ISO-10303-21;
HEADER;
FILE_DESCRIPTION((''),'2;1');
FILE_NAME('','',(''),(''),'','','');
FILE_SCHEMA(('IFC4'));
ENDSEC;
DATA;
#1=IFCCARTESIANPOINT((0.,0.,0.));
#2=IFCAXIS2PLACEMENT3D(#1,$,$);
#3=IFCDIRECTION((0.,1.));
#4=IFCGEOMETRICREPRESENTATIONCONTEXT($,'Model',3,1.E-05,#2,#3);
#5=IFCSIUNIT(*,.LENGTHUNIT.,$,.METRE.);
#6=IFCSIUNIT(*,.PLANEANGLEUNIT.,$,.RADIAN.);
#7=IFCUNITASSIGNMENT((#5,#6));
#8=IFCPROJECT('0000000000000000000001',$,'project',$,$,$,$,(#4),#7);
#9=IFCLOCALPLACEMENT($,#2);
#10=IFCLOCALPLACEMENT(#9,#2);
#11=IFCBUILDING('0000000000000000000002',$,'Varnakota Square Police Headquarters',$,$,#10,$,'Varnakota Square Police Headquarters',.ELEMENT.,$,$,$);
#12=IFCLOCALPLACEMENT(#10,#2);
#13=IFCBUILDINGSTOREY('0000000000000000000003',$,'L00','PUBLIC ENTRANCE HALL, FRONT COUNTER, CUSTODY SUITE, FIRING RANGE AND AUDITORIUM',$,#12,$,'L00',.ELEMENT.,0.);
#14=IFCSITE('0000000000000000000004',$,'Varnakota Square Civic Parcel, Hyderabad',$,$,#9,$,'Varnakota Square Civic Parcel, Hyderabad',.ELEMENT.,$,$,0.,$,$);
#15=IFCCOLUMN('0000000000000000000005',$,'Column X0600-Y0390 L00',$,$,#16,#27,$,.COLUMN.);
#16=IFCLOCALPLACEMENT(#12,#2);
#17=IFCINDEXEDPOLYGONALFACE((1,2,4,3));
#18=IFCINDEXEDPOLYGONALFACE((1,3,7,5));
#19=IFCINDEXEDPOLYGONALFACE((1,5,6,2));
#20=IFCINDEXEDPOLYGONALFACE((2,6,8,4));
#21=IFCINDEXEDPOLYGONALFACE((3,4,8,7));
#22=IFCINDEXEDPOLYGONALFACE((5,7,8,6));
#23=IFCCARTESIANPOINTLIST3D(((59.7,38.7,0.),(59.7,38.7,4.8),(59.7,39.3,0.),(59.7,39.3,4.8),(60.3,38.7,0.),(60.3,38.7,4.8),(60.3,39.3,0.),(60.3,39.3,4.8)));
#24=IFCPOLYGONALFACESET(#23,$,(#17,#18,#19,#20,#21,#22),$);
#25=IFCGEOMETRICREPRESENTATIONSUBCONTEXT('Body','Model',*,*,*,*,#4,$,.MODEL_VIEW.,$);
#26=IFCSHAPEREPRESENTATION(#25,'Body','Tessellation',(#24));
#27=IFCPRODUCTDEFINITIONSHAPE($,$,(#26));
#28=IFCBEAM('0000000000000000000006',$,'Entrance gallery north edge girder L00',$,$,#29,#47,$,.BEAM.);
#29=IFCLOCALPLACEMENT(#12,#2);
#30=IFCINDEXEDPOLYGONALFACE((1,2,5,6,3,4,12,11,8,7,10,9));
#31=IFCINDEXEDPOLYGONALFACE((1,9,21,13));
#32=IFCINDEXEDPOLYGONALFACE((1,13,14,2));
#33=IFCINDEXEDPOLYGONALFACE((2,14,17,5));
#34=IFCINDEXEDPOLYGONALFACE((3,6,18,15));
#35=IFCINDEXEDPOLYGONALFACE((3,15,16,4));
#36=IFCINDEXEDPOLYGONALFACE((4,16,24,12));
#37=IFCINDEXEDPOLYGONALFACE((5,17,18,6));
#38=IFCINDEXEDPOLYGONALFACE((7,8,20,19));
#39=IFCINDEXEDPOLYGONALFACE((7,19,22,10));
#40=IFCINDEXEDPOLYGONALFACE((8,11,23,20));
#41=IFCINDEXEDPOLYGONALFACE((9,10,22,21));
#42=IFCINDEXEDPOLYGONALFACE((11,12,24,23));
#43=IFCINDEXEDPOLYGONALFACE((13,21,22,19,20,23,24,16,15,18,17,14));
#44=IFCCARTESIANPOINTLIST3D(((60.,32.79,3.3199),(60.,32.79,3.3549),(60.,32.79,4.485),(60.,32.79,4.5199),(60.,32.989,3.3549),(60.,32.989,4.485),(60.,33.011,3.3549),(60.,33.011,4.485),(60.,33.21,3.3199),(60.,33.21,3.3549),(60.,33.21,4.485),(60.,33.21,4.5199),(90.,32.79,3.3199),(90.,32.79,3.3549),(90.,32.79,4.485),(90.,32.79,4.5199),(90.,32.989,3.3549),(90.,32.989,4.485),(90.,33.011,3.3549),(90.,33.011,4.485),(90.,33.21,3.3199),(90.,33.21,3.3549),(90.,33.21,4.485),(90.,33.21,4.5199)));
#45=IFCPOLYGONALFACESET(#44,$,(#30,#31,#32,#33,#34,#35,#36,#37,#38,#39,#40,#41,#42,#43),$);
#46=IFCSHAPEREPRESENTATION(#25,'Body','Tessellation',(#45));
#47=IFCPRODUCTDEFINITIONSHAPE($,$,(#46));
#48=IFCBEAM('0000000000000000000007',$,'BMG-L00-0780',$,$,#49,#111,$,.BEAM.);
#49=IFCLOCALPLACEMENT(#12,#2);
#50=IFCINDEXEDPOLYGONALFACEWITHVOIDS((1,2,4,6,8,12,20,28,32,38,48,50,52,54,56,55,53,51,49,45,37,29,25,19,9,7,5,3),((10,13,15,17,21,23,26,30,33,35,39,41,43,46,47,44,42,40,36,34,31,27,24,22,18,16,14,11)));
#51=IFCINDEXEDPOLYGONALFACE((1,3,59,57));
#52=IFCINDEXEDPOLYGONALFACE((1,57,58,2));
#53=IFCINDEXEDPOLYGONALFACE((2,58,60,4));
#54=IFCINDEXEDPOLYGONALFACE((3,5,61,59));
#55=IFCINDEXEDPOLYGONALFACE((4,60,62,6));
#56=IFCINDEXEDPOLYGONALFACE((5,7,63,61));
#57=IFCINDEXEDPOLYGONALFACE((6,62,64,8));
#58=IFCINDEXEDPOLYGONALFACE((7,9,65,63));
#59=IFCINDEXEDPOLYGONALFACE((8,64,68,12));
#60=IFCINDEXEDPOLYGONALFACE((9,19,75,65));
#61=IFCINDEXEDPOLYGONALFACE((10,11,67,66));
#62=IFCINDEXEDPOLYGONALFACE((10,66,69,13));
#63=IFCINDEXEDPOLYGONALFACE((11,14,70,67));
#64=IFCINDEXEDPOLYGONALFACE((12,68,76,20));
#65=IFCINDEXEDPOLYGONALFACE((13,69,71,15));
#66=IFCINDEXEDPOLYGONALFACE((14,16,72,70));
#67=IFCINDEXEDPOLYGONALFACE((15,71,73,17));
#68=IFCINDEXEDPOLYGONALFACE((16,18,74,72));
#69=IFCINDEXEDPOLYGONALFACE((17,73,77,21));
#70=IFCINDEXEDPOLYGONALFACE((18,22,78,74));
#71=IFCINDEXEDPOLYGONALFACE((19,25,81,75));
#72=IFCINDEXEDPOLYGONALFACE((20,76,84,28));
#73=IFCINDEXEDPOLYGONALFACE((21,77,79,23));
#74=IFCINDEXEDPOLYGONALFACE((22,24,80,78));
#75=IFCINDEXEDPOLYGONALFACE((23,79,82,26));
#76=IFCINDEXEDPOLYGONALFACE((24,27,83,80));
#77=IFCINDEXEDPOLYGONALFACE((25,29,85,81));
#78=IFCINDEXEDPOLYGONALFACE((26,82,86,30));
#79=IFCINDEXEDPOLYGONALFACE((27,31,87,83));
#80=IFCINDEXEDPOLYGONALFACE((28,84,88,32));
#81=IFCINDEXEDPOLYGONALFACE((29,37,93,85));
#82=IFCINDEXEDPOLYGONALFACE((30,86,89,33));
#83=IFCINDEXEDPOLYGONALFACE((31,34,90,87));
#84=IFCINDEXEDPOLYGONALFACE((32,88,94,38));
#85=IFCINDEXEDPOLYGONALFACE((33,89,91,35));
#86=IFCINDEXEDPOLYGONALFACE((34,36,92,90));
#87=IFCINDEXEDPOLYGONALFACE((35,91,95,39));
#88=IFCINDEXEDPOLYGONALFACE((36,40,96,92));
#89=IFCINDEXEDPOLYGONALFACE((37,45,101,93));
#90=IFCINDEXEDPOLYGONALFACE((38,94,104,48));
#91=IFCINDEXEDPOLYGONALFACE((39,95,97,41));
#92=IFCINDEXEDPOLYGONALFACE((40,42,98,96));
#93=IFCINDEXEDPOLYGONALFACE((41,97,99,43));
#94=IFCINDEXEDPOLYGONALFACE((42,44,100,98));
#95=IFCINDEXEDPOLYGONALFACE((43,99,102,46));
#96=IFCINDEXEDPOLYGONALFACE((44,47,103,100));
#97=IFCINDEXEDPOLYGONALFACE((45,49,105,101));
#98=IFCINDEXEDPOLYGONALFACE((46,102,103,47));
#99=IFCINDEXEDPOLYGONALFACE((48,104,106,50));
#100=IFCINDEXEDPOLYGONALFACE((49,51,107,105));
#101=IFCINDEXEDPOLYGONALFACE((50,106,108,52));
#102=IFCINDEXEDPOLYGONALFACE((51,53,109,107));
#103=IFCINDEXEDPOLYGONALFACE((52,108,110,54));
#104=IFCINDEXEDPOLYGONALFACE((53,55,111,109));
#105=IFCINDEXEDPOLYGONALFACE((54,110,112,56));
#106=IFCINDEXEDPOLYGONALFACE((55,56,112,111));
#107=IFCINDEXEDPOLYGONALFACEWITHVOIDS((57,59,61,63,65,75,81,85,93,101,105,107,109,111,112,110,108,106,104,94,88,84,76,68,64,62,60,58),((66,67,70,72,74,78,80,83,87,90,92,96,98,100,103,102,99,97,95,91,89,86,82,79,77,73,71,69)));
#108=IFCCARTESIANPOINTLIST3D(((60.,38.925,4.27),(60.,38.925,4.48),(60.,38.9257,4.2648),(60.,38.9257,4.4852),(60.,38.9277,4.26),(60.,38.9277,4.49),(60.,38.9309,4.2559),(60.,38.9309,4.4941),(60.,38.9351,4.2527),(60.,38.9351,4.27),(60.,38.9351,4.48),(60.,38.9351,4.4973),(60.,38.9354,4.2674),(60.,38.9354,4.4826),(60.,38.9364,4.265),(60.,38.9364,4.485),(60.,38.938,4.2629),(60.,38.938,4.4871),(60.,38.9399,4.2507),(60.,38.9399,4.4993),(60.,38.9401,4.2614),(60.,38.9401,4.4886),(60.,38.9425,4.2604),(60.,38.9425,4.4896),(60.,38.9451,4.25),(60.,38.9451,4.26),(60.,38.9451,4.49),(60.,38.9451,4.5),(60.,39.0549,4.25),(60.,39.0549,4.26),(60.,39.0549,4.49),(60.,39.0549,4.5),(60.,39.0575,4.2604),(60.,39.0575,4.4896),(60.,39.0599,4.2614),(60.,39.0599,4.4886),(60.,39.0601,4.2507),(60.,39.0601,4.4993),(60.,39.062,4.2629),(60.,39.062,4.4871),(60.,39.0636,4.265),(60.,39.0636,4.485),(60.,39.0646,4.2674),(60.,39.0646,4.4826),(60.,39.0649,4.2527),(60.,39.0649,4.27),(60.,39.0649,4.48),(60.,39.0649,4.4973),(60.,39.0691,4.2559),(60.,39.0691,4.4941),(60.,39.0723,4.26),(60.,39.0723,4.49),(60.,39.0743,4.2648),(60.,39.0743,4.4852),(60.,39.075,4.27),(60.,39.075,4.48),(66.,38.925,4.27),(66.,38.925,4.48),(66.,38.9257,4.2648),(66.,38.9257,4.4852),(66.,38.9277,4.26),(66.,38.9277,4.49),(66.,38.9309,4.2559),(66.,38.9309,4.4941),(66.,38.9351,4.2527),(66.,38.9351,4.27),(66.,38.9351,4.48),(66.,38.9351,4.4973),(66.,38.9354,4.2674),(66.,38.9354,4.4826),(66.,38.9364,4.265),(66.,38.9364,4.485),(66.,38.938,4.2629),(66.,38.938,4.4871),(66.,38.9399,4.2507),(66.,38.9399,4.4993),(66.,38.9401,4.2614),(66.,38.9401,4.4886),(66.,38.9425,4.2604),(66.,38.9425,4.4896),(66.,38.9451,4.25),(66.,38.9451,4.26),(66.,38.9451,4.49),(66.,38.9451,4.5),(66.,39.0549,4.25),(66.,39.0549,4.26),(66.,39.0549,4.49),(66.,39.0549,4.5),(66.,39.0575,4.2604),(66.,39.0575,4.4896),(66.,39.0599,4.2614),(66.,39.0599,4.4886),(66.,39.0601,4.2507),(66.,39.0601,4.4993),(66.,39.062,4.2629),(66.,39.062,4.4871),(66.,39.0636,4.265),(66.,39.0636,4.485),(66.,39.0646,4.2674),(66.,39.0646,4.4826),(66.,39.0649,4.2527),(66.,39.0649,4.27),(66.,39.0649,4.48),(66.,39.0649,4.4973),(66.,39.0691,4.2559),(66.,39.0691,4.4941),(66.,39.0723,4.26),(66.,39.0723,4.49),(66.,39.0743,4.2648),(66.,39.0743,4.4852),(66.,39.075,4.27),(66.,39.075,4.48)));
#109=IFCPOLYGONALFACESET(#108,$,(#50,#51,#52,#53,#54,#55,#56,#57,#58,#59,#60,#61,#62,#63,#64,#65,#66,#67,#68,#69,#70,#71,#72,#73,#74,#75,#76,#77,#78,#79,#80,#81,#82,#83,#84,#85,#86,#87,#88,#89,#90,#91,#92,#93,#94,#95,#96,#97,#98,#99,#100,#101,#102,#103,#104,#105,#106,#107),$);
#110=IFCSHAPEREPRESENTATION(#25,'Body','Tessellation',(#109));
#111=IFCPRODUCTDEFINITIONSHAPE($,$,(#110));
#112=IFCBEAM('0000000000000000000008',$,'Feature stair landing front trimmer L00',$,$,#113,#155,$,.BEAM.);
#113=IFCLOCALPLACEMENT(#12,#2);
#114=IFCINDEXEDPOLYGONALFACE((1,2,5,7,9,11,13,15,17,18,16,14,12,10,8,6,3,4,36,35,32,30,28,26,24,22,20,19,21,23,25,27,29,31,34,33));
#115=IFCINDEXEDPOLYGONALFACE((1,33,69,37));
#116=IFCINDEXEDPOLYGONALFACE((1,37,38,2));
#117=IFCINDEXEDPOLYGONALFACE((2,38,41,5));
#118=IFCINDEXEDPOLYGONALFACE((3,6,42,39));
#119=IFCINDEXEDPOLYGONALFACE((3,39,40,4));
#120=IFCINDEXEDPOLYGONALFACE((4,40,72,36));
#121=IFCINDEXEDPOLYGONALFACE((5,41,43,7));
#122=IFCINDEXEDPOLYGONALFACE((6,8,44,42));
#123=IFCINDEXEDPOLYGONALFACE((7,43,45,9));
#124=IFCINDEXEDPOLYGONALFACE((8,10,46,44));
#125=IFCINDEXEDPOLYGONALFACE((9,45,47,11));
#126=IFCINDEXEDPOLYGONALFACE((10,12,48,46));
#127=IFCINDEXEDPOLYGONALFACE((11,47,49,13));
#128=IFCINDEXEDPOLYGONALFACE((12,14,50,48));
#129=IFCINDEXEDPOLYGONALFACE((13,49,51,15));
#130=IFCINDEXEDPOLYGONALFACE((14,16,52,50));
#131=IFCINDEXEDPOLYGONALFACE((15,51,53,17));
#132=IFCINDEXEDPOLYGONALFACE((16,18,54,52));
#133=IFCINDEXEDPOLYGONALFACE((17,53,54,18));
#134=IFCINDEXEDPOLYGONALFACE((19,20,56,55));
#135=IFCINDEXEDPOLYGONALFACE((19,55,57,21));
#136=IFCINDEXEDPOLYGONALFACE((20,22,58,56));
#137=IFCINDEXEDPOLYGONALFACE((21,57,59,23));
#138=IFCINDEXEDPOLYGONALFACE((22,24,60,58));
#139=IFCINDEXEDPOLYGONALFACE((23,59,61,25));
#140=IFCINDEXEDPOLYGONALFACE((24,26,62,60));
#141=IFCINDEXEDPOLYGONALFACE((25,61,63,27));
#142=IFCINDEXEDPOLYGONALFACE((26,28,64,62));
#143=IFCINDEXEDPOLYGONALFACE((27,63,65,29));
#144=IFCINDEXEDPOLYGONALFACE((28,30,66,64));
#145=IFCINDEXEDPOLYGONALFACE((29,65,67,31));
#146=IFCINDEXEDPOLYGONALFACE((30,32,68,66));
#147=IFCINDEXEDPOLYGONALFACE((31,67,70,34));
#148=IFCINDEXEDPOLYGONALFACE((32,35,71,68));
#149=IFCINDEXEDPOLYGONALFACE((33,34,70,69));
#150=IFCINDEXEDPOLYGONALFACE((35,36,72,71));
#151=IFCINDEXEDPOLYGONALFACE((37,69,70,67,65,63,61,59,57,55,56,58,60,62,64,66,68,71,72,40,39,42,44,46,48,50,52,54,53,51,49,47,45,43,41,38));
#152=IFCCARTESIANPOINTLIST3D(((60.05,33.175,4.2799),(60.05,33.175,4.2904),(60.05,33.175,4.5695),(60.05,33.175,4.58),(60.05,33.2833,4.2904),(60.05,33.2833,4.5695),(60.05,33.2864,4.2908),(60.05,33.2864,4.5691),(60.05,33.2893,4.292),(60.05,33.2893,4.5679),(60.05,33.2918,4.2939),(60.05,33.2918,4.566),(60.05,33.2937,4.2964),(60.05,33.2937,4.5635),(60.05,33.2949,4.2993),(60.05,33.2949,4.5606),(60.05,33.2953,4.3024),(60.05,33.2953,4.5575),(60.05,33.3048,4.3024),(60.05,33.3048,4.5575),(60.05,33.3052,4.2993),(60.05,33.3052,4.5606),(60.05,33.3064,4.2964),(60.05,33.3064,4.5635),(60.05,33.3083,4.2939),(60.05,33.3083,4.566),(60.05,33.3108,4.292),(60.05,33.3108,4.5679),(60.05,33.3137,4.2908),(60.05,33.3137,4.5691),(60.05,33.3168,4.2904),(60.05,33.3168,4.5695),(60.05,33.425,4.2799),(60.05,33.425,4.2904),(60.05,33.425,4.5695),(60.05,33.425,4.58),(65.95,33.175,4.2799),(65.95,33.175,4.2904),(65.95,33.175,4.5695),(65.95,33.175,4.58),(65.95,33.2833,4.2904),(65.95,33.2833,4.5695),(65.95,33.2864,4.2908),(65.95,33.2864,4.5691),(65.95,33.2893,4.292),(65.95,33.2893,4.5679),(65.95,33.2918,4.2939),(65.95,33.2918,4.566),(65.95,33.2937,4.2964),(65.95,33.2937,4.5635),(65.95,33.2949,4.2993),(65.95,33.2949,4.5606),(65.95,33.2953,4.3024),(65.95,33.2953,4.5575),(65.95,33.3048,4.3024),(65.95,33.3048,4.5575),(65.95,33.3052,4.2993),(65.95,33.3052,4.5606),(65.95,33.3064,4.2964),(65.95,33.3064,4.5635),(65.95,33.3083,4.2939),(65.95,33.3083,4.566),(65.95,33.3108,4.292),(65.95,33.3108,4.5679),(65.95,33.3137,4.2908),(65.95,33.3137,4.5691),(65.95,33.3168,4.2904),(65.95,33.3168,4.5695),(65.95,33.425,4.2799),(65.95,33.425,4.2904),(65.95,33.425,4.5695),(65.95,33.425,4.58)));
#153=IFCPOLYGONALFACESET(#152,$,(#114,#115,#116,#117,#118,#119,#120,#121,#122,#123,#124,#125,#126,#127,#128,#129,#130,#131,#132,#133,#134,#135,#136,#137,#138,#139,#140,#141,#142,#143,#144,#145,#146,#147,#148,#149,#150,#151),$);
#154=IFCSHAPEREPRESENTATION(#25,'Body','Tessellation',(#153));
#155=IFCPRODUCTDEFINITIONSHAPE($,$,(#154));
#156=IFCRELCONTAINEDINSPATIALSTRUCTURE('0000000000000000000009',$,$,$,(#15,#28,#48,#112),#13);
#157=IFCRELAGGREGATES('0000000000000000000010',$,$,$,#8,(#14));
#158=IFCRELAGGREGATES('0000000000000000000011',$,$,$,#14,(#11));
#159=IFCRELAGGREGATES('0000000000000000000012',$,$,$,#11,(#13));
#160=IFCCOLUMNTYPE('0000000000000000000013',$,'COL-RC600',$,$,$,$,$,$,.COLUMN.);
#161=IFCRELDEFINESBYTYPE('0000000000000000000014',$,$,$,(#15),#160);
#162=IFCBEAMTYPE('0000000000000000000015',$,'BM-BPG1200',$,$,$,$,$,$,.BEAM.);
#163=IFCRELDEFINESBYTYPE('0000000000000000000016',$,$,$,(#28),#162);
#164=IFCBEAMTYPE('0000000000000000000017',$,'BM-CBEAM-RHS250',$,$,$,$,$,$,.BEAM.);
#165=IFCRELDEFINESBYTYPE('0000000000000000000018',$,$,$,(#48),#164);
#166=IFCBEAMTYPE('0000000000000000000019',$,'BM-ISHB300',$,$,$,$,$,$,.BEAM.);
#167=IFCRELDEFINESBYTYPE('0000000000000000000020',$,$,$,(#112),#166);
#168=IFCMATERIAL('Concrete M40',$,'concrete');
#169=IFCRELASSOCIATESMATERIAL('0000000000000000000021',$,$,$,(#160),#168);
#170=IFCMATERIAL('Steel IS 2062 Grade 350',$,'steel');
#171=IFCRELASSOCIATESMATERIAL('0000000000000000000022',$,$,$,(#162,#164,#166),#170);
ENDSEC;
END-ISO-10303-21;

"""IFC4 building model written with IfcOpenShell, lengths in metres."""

from ifc_helpers import new_model, si_unit, direction, frame, origin, origin_2d, place, context, subcontext, project, spatial, rectangle, hollow_rectangle, i_section, extrude, material, material_profile, profile_set, type_object, element, save


model = new_model("IFC4")

# Units and contexts
model_context = context("Model", 3, precision=1e-05, world=origin(), true_north=direction((0.0, 1.0)))
body_context = subcontext(model_context, "Body", "Model", "MODEL_VIEW")
ifc_project = project(units=[si_unit("LENGTHUNIT", "METRE"), si_unit("PLANEANGLEUNIT", "RADIAN")], contexts=[model_context])

# Site, building, storey
site_placement = place(None, origin())
site = spatial("IfcSite", under=ifc_project, at=site_placement, Name="Varnakota Square Civic Parcel, Hyderabad", LongName="Varnakota Square Civic Parcel, Hyderabad", CompositionType="ELEMENT", RefElevation=0.0)
building_placement = place(site_placement, origin())
building = spatial("IfcBuilding", under=site, at=building_placement, Name="Varnakota Square Police Headquarters", LongName="Varnakota Square Police Headquarters", CompositionType="ELEMENT")
storey_placement = place(building_placement, origin())
storey = spatial("IfcBuildingStorey", under=building, at=storey_placement, Name="L00", Description="PUBLIC ENTRANCE HALL, FRONT COUNTER, CUSTODY SUITE, FIRING RANGE AND AUDITORIUM", LongName="L00", CompositionType="ELEMENT", Elevation=0.0)

# Column
ifc_material_1 = material(Name="Concrete M40", Category="concrete")
ifc_material_profile_1 = material_profile(ifc_material_1, rectangle(XDim=0.6001, YDim=0.6001, at=origin_2d()), Name="RC 600x600")
ifc_profile_set_1 = profile_set([ifc_material_profile_1], Name="Concrete M40")
column_type = type_object("IfcColumnType", Name="COL-RC600", PredefinedType="COLUMN", material=ifc_profile_set_1)
column_placement = place(storey_placement, frame((60.0, 39.0, 0.0), z_axis=(0.0, 0.0, 1.0), x_axis=(1.0, 0.0, 0.0)))
element("IfcColumn", 1, at=column_placement, inside=storey, type_object=column_type, Name="Column X0600-Y0390 L00", PredefinedType="COLUMN", context=body_context, shape_type="SweptSolid", body=[
    extrude(rectangle(XDim=0.6001, YDim=0.6001, at=origin_2d()), origin(), (0.0, 0.0, 1.0), 4.8),
])

# Beams
ifc_material_2 = material(Name="Steel IS 2062 Grade 350", Category="steel")
ifc_material_profile_2 = material_profile(ifc_material_2, i_section(OverallWidth=0.4199, OverallDepth=1.2, WebThickness=0.022, FlangeThickness=0.0349, at=origin_2d()), Name="BPG 1200x420")
ifc_profile_set_2 = profile_set([ifc_material_profile_2], Name="Steel IS 2062 Grade 350")
beam_type_1 = type_object("IfcBeamType", Name="BM-BPG1200", PredefinedType="BEAM", material=ifc_profile_set_2)
beam_1_placement = place(storey_placement, frame((60.0, 33.0, 3.9199), z_axis=(1.0, 0.0, 0.0), x_axis=(0.0, 1.0, 0.0)))
element("IfcBeam", 2, at=beam_1_placement, inside=storey, type_object=beam_type_1, Name="Entrance gallery north edge girder L00", PredefinedType="BEAM", context=body_context, shape_type="SweptSolid", body=[
    extrude(i_section(OverallWidth=0.4199, OverallDepth=1.2, WebThickness=0.022, FlangeThickness=0.0349, at=origin_2d()), origin(), (0.0, 0.0, 1.0), 30.0),
])
ifc_material_profile_3 = material_profile(ifc_material_2, hollow_rectangle(XDim=0.1499, YDim=0.25, WallThickness=0.01, InnerFilletRadius=0.01, OuterFilletRadius=0.02, at=origin_2d()), Name="RHS 250x150x10")
ifc_profile_set_3 = profile_set([ifc_material_profile_3], Name="Steel IS 2062 Grade 350")
beam_type_2 = type_object("IfcBeamType", Name="BM-CBEAM-RHS250", PredefinedType="BEAM", material=ifc_profile_set_3)
beam_2_placement = place(storey_placement, frame((60.0, 39.0, 4.375), z_axis=(1.0, 0.0, 0.0), x_axis=(0.0, 1.0, 0.0)))
element("IfcBeam", 3, at=beam_2_placement, inside=storey, type_object=beam_type_2, Name="BMG-L00-0780", PredefinedType="BEAM", context=body_context, shape_type="SweptSolid", body=[
    extrude(hollow_rectangle(XDim=0.1499, YDim=0.25, WallThickness=0.01, InnerFilletRadius=0.01, OuterFilletRadius=0.02, at=origin_2d()), origin(), (0.0, 0.0, 1.0), 6.0),
])
ifc_material_profile_4 = material_profile(ifc_material_2, i_section(OverallWidth=0.25, OverallDepth=0.3, WebThickness=0.0095, FlangeThickness=0.0105, FilletRadius=0.012, at=origin_2d()), Name="ISHB 300")
ifc_profile_set_4 = profile_set([ifc_material_profile_4], Name="Steel IS 2062 Grade 350")
beam_type_3 = type_object("IfcBeamType", Name="BM-ISHB300", PredefinedType="BEAM", material=ifc_profile_set_4)
for number, where, z_axis, x_axis, name in (
    (4, (60.05, 33.3, 4.4299), (1.0, 0.0, 0.0), (0.0, 1.0, 0.0), "Feature stair landing front trimmer L00"),
):
    element("IfcBeam", number, at=place(storey_placement, frame(where, z_axis=z_axis, x_axis=x_axis)), inside=storey, type_object=beam_type_3, Name=name, PredefinedType="BEAM", context=body_context, shape_type="SweptSolid", body=[
        extrude(i_section(OverallWidth=0.25, OverallDepth=0.3, WebThickness=0.0095, FlangeThickness=0.0105, FilletRadius=0.012, at=origin_2d()), origin(), (0.0, 0.0, 1.0), 5.8999),
    ])

save(model, "model.ifc")
